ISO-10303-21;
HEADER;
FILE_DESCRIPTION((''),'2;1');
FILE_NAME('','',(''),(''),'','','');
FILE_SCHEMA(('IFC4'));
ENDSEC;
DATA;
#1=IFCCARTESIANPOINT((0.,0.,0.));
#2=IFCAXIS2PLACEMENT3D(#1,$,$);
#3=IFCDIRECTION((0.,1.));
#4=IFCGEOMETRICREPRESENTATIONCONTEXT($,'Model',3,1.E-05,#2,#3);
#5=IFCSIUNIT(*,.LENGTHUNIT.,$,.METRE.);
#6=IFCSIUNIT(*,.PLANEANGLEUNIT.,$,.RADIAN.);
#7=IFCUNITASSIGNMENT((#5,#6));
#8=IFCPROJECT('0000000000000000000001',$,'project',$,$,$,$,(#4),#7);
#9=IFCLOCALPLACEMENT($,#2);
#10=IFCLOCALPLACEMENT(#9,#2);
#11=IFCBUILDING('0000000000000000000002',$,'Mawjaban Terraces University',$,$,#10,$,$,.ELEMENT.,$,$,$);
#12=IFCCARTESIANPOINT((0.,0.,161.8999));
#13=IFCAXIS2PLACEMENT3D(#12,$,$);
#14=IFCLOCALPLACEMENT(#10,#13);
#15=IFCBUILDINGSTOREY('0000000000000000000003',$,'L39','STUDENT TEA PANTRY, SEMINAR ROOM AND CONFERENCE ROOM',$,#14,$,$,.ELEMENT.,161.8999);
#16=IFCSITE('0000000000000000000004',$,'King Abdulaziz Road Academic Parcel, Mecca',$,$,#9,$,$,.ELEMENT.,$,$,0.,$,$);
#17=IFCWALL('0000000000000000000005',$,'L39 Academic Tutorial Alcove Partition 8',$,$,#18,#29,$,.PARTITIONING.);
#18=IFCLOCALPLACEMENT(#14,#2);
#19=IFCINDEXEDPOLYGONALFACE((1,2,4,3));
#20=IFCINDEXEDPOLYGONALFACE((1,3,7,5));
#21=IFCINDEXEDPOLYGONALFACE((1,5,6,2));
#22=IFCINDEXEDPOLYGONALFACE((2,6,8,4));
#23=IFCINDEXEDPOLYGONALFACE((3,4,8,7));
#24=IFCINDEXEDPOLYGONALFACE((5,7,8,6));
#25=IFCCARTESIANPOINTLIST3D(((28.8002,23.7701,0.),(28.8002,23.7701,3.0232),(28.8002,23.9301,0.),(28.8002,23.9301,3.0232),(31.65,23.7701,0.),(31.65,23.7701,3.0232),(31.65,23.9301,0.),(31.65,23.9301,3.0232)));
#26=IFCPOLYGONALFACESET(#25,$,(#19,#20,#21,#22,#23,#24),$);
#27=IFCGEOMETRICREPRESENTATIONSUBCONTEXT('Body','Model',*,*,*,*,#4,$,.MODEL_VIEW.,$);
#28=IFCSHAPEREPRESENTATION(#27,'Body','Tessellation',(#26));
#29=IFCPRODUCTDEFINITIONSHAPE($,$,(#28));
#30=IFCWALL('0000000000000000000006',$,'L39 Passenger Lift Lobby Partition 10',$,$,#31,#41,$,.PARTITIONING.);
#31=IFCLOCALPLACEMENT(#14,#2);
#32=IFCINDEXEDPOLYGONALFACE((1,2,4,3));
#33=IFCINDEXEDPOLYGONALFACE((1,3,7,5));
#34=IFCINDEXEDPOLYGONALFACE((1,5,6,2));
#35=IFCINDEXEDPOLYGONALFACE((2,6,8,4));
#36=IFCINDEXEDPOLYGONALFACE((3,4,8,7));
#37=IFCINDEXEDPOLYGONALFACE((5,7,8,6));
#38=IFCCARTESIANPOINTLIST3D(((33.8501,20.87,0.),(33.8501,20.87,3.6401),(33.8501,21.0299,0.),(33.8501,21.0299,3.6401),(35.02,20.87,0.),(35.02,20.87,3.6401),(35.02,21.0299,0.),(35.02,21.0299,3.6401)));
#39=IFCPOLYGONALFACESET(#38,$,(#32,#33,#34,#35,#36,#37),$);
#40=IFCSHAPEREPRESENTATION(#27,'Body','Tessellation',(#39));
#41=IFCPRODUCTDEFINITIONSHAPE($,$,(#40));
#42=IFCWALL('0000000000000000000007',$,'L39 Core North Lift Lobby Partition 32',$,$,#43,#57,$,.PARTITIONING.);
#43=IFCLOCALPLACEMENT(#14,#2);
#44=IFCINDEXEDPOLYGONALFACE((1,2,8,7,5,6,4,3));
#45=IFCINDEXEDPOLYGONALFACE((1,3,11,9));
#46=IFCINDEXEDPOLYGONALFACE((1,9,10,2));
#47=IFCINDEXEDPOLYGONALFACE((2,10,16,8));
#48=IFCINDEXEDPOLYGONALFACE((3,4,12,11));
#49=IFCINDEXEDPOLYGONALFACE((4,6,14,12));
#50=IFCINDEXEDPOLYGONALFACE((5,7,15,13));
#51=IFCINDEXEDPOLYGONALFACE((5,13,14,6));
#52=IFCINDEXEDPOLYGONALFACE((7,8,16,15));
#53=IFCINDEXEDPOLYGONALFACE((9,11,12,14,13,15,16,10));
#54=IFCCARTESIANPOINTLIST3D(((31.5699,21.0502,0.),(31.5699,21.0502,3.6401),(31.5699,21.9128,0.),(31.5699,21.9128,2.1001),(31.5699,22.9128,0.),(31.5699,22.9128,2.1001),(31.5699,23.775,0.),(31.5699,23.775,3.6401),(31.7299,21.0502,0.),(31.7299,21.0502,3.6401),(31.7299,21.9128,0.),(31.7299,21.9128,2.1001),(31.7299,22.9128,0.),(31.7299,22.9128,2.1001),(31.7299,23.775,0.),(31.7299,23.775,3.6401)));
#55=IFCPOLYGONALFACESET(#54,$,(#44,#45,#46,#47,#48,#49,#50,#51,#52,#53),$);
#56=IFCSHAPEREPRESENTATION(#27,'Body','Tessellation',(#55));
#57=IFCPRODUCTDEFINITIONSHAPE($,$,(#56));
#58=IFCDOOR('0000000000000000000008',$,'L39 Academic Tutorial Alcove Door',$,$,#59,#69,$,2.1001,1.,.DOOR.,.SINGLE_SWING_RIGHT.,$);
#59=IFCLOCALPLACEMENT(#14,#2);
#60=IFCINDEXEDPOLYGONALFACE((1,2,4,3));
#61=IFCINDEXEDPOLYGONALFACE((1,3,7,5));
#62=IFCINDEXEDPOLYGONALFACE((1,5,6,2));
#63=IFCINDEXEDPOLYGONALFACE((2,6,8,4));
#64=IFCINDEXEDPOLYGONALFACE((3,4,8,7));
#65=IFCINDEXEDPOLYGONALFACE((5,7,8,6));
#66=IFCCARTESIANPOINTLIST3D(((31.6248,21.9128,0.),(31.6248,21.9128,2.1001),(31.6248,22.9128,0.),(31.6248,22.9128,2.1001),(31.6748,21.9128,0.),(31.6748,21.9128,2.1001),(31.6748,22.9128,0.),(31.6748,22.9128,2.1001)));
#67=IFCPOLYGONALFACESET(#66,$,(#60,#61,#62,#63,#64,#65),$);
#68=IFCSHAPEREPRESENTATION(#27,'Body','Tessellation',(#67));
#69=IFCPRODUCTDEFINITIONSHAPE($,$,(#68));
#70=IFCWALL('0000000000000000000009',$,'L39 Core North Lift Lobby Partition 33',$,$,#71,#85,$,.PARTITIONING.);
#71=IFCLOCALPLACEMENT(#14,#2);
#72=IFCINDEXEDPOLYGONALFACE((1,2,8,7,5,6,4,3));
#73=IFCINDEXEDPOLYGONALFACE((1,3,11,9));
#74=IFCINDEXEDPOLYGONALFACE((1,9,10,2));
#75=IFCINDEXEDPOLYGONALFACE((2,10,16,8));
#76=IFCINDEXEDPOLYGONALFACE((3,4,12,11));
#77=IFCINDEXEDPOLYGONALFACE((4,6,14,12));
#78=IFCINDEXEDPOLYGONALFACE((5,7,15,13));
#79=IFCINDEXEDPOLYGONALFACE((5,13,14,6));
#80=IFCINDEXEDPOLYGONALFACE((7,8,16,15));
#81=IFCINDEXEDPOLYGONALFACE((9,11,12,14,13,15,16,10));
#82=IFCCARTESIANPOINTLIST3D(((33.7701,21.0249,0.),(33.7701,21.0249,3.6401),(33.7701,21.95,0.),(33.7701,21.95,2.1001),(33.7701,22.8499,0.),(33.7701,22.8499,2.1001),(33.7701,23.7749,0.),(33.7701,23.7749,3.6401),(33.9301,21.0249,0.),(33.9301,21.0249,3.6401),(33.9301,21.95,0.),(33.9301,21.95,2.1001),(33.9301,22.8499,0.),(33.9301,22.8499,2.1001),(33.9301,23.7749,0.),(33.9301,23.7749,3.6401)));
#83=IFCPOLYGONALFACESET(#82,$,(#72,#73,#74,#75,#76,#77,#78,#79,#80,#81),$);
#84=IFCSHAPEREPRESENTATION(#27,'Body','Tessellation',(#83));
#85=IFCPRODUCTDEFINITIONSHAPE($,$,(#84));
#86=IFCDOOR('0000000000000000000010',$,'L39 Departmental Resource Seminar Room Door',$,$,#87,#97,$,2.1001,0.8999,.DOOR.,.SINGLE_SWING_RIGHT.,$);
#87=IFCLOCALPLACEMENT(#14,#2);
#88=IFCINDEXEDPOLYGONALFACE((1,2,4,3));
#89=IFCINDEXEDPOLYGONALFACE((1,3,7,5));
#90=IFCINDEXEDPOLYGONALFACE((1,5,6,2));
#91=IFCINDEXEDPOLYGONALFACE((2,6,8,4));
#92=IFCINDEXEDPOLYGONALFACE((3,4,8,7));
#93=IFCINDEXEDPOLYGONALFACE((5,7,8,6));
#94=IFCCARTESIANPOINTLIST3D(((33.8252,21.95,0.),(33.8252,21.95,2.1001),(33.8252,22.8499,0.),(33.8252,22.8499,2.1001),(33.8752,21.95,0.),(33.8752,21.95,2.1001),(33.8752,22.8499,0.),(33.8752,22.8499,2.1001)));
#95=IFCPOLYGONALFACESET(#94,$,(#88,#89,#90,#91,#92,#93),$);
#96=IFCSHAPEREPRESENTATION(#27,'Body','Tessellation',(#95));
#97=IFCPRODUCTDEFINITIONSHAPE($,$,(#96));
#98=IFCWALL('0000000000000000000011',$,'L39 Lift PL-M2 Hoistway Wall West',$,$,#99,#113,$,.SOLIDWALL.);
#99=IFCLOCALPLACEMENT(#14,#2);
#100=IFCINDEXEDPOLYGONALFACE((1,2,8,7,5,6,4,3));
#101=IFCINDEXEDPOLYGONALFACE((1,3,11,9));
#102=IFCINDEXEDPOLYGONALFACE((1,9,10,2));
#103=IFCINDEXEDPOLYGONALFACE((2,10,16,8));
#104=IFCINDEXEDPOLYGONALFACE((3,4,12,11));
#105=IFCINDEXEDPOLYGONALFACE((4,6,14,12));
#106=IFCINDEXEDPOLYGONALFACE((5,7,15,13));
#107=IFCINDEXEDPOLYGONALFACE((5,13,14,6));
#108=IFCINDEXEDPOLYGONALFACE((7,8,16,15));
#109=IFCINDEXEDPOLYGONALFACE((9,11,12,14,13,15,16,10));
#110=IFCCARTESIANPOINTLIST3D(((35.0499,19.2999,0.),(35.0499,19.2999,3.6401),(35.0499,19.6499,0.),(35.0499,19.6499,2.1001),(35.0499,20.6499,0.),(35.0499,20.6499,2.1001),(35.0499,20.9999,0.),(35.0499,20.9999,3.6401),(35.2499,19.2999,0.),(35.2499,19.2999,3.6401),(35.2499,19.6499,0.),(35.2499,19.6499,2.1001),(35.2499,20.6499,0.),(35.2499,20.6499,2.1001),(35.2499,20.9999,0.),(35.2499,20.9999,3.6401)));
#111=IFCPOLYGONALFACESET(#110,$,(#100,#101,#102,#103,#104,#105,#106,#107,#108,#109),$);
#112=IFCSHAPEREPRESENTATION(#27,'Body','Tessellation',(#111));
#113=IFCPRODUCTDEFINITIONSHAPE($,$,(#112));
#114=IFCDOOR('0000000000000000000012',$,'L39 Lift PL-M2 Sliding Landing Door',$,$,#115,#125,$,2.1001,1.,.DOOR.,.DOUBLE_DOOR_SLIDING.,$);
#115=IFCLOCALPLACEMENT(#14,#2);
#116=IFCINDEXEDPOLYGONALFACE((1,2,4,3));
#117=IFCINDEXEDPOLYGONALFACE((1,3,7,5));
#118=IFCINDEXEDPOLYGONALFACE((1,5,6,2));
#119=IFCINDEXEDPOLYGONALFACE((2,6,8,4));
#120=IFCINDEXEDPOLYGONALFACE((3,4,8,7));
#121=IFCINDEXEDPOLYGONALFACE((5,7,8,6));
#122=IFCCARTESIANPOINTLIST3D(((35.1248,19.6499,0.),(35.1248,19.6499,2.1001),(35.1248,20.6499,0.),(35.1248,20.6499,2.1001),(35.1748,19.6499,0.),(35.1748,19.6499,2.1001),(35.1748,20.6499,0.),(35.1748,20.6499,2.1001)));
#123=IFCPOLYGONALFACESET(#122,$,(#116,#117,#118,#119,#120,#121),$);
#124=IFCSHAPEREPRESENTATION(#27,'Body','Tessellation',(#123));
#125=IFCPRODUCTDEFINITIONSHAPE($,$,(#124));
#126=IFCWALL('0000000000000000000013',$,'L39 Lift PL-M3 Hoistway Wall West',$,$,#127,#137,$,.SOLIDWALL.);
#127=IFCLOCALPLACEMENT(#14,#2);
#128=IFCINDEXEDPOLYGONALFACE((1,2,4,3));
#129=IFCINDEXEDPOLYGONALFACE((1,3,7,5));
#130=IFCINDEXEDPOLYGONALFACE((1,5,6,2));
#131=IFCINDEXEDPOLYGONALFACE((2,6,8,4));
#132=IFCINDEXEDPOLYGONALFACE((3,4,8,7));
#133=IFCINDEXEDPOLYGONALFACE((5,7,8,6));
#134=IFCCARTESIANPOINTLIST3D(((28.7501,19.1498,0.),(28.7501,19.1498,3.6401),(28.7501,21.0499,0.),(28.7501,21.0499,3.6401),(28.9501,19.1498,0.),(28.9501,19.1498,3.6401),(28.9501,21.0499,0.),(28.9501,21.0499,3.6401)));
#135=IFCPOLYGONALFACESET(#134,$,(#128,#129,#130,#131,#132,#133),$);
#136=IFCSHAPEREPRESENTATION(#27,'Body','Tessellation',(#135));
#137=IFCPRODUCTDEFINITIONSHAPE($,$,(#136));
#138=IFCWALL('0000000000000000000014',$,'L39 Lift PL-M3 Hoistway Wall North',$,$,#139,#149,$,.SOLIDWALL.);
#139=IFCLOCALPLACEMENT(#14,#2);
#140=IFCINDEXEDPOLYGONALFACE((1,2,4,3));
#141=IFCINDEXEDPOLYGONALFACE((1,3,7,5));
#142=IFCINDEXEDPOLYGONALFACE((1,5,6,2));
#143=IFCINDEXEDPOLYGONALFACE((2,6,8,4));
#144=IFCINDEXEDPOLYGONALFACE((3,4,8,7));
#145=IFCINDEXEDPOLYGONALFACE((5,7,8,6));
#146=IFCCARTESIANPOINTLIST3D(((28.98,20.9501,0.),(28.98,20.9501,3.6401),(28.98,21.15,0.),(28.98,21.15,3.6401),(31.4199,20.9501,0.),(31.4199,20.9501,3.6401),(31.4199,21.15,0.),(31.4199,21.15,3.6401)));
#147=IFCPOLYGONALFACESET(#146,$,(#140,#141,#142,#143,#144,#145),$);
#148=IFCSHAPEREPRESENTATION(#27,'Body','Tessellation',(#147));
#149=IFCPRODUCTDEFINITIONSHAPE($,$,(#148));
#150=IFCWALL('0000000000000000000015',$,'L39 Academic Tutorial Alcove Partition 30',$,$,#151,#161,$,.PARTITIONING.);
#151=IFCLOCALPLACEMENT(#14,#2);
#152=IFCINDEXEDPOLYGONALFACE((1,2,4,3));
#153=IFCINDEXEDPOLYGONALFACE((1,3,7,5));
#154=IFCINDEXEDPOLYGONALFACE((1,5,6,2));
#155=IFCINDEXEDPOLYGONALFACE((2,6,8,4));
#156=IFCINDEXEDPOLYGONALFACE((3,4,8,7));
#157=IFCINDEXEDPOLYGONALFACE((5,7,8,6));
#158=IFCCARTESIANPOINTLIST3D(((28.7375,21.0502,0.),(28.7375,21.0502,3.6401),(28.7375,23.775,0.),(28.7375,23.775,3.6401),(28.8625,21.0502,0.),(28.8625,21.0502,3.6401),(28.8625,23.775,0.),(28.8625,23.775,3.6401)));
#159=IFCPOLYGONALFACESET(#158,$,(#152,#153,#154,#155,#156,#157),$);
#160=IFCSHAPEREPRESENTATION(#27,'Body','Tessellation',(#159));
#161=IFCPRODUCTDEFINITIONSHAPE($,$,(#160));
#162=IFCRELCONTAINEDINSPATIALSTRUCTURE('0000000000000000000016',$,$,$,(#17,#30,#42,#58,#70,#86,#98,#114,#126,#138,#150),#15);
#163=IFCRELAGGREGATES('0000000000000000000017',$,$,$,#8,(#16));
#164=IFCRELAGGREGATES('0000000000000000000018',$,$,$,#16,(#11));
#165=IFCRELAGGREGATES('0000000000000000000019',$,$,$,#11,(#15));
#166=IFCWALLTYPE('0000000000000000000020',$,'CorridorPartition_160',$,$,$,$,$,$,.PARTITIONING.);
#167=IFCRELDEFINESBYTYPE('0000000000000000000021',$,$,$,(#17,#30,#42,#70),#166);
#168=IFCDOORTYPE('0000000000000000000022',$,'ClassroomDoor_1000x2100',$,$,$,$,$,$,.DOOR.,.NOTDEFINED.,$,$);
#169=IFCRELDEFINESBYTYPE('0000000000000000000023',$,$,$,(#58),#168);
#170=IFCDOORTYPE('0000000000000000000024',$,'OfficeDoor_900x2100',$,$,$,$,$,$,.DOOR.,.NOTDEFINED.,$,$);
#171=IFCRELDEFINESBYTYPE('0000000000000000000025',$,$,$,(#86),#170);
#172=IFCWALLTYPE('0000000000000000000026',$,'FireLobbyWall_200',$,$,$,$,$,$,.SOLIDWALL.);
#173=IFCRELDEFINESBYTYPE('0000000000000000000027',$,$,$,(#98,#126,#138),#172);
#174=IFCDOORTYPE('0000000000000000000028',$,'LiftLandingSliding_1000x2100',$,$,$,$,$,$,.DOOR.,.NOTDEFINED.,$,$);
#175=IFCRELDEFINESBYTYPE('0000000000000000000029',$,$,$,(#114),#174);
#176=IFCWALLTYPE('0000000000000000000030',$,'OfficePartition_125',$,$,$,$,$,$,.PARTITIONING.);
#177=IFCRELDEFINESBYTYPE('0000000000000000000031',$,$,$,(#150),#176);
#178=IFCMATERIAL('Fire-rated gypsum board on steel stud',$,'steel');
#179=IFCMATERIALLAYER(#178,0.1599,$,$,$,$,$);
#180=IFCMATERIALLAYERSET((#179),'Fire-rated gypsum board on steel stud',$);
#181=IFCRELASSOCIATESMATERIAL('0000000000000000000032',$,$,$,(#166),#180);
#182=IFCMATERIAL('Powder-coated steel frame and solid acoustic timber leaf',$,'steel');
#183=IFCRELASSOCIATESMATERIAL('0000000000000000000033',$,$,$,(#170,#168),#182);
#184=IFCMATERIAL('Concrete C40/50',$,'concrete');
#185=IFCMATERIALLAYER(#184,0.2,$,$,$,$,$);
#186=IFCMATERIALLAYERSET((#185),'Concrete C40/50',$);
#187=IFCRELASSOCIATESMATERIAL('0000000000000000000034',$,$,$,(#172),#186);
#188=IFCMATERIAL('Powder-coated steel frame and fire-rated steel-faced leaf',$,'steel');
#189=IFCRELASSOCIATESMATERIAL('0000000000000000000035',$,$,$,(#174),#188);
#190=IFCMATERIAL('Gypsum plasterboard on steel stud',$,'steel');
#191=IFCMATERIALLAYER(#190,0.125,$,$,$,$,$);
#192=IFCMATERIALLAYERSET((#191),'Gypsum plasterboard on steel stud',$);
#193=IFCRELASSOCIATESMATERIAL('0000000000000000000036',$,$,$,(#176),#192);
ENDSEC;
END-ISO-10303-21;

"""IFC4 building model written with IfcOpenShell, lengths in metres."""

from ifc_helpers import new_model, si_unit, direction, frame, frame_2d, origin, place, context, subcontext, project, spatial, rectangle, extrude, material, layer, layer_set, type_object, element, fill, save


model = new_model("IFC4")

# Units and contexts
model_context = context("Model", 3, precision=1e-05, world=origin(), true_north=direction((0.0, 1.0)))
body_context = subcontext(model_context, "Body", "Model", "MODEL_VIEW")
ifc_project = project(units=[si_unit("LENGTHUNIT", "METRE"), si_unit("PLANEANGLEUNIT", "RADIAN")], contexts=[model_context])

# Site, building, storey
site_placement = place(None, origin())
site = spatial("IfcSite", under=ifc_project, at=site_placement, Name="King Abdulaziz Road Academic Parcel, Mecca", CompositionType="ELEMENT", RefElevation=0.0)
building_placement = place(site_placement, origin())
building = spatial("IfcBuilding", under=site, at=building_placement, Name="Mawjaban Terraces University", CompositionType="ELEMENT")
storey_placement = place(building_placement, frame((0.0, 0.0, 161.8999)))
storey = spatial("IfcBuildingStorey", under=building, at=storey_placement, Name="L39", Description="STUDENT TEA PANTRY, SEMINAR ROOM AND CONFERENCE ROOM", CompositionType="ELEMENT", Elevation=161.8999)

# Shared definitions
ifc_material_1 = material(Name="Fire-rated gypsum board on steel stud", Category="steel")
ifc_layer_1 = layer(ifc_material_1, 0.1599)
ifc_layer_set_1 = layer_set([ifc_layer_1], Name="Fire-rated gypsum board on steel stud")
wall_type_1 = type_object("IfcWallType", Name="CorridorPartition_160", PredefinedType="PARTITIONING", material=ifc_layer_set_1)
ifc_material_2 = material(Name="Powder-coated steel frame and solid acoustic timber leaf", Category="steel")
door_type_1 = type_object("IfcDoorType", Name="OfficeDoor_900x2100", OperationType="NOTDEFINED", PredefinedType="DOOR", material=ifc_material_2)

# Walls
wall_1_placement = place(storey_placement, frame((31.6499, 23.8501, 0.0), z_axis=(0.0, 0.0, 1.0), x_axis=(-1.0, 0.0, 0.0)))
element("IfcWall", 1, at=wall_1_placement, inside=storey, type_object=wall_type_1, Name="L39 Academic Tutorial Alcove Partition 8", PredefinedType="PARTITIONING", context=body_context, shape_type="SweptSolid", body=[
    extrude(rectangle(XDim=2.8499, YDim=0.1599, at=frame_2d((1.4248, 0.0))), origin(), (0.0, 0.0, 1.0), 3.0232),
])
wall_2_placement = place(storey_placement, frame((35.02, 20.95, 0.0), z_axis=(0.0, 0.0, 1.0), x_axis=(-1.0, 0.0, 0.0)))
element("IfcWall", 2, at=wall_2_placement, inside=storey, type_object=wall_type_1, Name="L39 Passenger Lift Lobby Partition 10", PredefinedType="PARTITIONING", context=body_context, shape_type="SweptSolid", body=[
    extrude(rectangle(XDim=1.1699, YDim=0.1599, at=frame_2d((0.585, 0.0))), origin(), (0.0, 0.0, 1.0), 3.6401),
])

# Walls, openings, doors
wall_3_placement = place(storey_placement, frame((31.6499, 23.7749, 0.0), z_axis=(0.0, 0.0, 1.0), x_axis=(0.0, -1.0, 0.0)))
wall_3 = element("IfcWall", 3, at=wall_3_placement, inside=storey, type_object=wall_type_1, Name="L39 Core North Lift Lobby Partition 32", PredefinedType="PARTITIONING", context=body_context, shape_type="SweptSolid", body=[
    extrude(rectangle(XDim=2.7249, YDim=0.1599, at=frame_2d((1.3623, 0.0))), origin(), (0.0, 0.0, 1.0), 3.6401),
])
opening_1_placement = place(wall_3_placement, frame((0.8621, 0.0, 0.0)))
opening_1 = element("IfcOpeningElement", 4, at=opening_1_placement, cuts=wall_3, PredefinedType="OPENING", context=body_context, shape_type="SweptSolid", body=[
    extrude(rectangle(XDim=1.0, YDim=2.1001, at=frame_2d((0.5, 1.05))), frame((0.0, 0.0898, 0.0), z_axis=(0.0, -1.0, 0.0), x_axis=(1.0, 0.0, 0.0)), (0.0, 0.0, 1.0), 0.1799),
])
door_type_2 = type_object("IfcDoorType", Name="ClassroomDoor_1000x2100", OperationType="NOTDEFINED", PredefinedType="DOOR", material=ifc_material_2)
door_1_placement = place(opening_1_placement, origin())
door_1 = element("IfcDoor", 5, at=door_1_placement, inside=storey, type_object=door_type_2, Name="L39 Academic Tutorial Alcove Door", OperationType="SINGLE_SWING_RIGHT", OverallHeight=2.1001, OverallWidth=1.0, PredefinedType="DOOR", context=body_context, shape_type="SweptSolid", body=[
    extrude(rectangle(XDim=1.0, YDim=2.1001, at=frame_2d((0.5, 1.05))), frame((0.0, 0.0249, 0.0), z_axis=(0.0, -1.0, 0.0), x_axis=(1.0, 0.0, 0.0)), (0.0, 0.0, 1.0), 0.05),
])
fill(opening_1, door_1)
wall_4_placement = place(storey_placement, frame((33.8501, 21.0249, 0.0), z_axis=(0.0, 0.0, 1.0), x_axis=(0.0, 1.0, 0.0)))
wall_4 = element("IfcWall", 6, at=wall_4_placement, inside=storey, type_object=wall_type_1, Name="L39 Core North Lift Lobby Partition 33", PredefinedType="PARTITIONING", context=body_context, shape_type="SweptSolid", body=[
    extrude(rectangle(XDim=2.75, YDim=0.1599, at=frame_2d((1.375, 0.0))), origin(), (0.0, 0.0, 1.0), 3.6401),
])
opening_2_placement = place(wall_4_placement, frame((0.925, 0.0, 0.0)))
opening_2 = element("IfcOpeningElement", 7, at=opening_2_placement, cuts=wall_4, PredefinedType="OPENING", context=body_context, shape_type="SweptSolid", body=[
    extrude(rectangle(XDim=0.8999, YDim=2.1001, at=frame_2d((0.45, 1.05))), frame((0.0, 0.0898, 0.0), z_axis=(0.0, -1.0, 0.0), x_axis=(1.0, 0.0, 0.0)), (0.0, 0.0, 1.0), 0.1799),
])
door_2_placement = place(opening_2_placement, origin())
door_2 = element("IfcDoor", 8, at=door_2_placement, inside=storey, type_object=door_type_1, Name="L39 Departmental Resource Seminar Room Door", OperationType="SINGLE_SWING_RIGHT", OverallHeight=2.1001, OverallWidth=0.8999, PredefinedType="DOOR", context=body_context, shape_type="SweptSolid", body=[
    extrude(rectangle(XDim=0.8999, YDim=2.1001, at=frame_2d((0.45, 1.05))), frame((0.0, 0.0249, 0.0), z_axis=(0.0, -1.0, 0.0), x_axis=(1.0, 0.0, 0.0)), (0.0, 0.0, 1.0), 0.05),
])
fill(opening_2, door_2)
ifc_material_3 = material(Name="Concrete C40/50", Category="concrete")
ifc_layer_2 = layer(ifc_material_3, 0.2)
ifc_layer_set_2 = layer_set([ifc_layer_2], Name="Concrete C40/50")
wall_type_2 = type_object("IfcWallType", Name="FireLobbyWall_200", PredefinedType="SOLIDWALL", material=ifc_layer_set_2)
wall_5_placement = place(storey_placement, frame((35.1499, 21.0, 0.0), z_axis=(0.0, 0.0, 1.0), x_axis=(0.0, -1.0, 0.0)))
wall_5 = element("IfcWall", 9, at=wall_5_placement, inside=storey, type_object=wall_type_2, Name="L39 Lift PL-M2 Hoistway Wall West", PredefinedType="SOLIDWALL", context=body_context, shape_type="SweptSolid", body=[
    extrude(rectangle(XDim=1.7, YDim=0.2, at=frame_2d((0.8501, 0.0))), origin(), (0.0, 0.0, 1.0), 3.6401),
])
opening_3_placement = place(wall_5_placement, frame((0.3501, 0.0, 0.0)))
opening_3 = element("IfcOpeningElement", 10, at=opening_3_placement, cuts=wall_5, PredefinedType="OPENING", context=body_context, shape_type="SweptSolid", body=[
    extrude(rectangle(XDim=1.0, YDim=2.1001, at=frame_2d((0.5, 1.05))), frame((0.0, 0.1099, 0.0), z_axis=(0.0, -1.0, 0.0), x_axis=(1.0, 0.0, 0.0)), (0.0, 0.0, 1.0), 0.22),
])
ifc_material_4 = material(Name="Powder-coated steel frame and fire-rated steel-faced leaf", Category="steel")
door_type_3 = type_object("IfcDoorType", Name="LiftLandingSliding_1000x2100", OperationType="NOTDEFINED", PredefinedType="DOOR", material=ifc_material_4)
door_3_placement = place(opening_3_placement, origin())
door_3 = element("IfcDoor", 11, at=door_3_placement, inside=storey, type_object=door_type_3, Name="L39 Lift PL-M2 Sliding Landing Door", OperationType="DOUBLE_DOOR_SLIDING", OverallHeight=2.1001, OverallWidth=1.0, PredefinedType="DOOR", context=body_context, shape_type="SweptSolid", body=[
    extrude(rectangle(XDim=1.0, YDim=2.1001, at=frame_2d((0.5, 1.05))), frame((0.0, 0.0249, 0.0), z_axis=(0.0, -1.0, 0.0), x_axis=(1.0, 0.0, 0.0)), (0.0, 0.0, 1.0), 0.05),
])
fill(opening_3, door_3)

# Walls
wall_6_placement = place(storey_placement, frame((28.8501, 21.05, 0.0), z_axis=(0.0, 0.0, 1.0), x_axis=(0.0, -1.0, 0.0)))
element("IfcWall", 12, at=wall_6_placement, inside=storey, type_object=wall_type_2, Name="L39 Lift PL-M3 Hoistway Wall West", PredefinedType="SOLIDWALL", context=body_context, shape_type="SweptSolid", body=[
    extrude(rectangle(XDim=1.9001, YDim=0.2, at=frame_2d((0.9502, 0.0))), origin(), (0.0, 0.0, 1.0), 3.6401),
])
wall_7_placement = place(storey_placement, frame((31.4199, 21.05, 0.0), z_axis=(0.0, 0.0, 1.0), x_axis=(-1.0, 0.0, 0.0)))
element("IfcWall", 13, at=wall_7_placement, inside=storey, type_object=wall_type_2, Name="L39 Lift PL-M3 Hoistway Wall North", PredefinedType="SOLIDWALL", context=body_context, shape_type="SweptSolid", body=[
    extrude(rectangle(XDim=2.4399, YDim=0.2, at=frame_2d((1.22, 0.0))), origin(), (0.0, 0.0, 1.0), 3.6401),
])
ifc_material_5 = material(Name="Gypsum plasterboard on steel stud", Category="steel")
ifc_layer_3 = layer(ifc_material_5, 0.125)
ifc_layer_set_3 = layer_set([ifc_layer_3], Name="Gypsum plasterboard on steel stud")
wall_type_3 = type_object("IfcWallType", Name="OfficePartition_125", PredefinedType="PARTITIONING", material=ifc_layer_set_3)
wall_8_placement = place(storey_placement, frame((28.8, 23.7749, 0.0), z_axis=(0.0, 0.0, 1.0), x_axis=(0.0, -1.0, 0.0)))
element("IfcWall", 14, at=wall_8_placement, inside=storey, type_object=wall_type_3, Name="L39 Academic Tutorial Alcove Partition 30", PredefinedType="PARTITIONING", context=body_context, shape_type="SweptSolid", body=[
    extrude(rectangle(XDim=2.7249, YDim=0.125, at=frame_2d((1.3623, 0.0))), origin(), (0.0, 0.0, 1.0), 3.6401),
])

save(model, "model.ifc")
